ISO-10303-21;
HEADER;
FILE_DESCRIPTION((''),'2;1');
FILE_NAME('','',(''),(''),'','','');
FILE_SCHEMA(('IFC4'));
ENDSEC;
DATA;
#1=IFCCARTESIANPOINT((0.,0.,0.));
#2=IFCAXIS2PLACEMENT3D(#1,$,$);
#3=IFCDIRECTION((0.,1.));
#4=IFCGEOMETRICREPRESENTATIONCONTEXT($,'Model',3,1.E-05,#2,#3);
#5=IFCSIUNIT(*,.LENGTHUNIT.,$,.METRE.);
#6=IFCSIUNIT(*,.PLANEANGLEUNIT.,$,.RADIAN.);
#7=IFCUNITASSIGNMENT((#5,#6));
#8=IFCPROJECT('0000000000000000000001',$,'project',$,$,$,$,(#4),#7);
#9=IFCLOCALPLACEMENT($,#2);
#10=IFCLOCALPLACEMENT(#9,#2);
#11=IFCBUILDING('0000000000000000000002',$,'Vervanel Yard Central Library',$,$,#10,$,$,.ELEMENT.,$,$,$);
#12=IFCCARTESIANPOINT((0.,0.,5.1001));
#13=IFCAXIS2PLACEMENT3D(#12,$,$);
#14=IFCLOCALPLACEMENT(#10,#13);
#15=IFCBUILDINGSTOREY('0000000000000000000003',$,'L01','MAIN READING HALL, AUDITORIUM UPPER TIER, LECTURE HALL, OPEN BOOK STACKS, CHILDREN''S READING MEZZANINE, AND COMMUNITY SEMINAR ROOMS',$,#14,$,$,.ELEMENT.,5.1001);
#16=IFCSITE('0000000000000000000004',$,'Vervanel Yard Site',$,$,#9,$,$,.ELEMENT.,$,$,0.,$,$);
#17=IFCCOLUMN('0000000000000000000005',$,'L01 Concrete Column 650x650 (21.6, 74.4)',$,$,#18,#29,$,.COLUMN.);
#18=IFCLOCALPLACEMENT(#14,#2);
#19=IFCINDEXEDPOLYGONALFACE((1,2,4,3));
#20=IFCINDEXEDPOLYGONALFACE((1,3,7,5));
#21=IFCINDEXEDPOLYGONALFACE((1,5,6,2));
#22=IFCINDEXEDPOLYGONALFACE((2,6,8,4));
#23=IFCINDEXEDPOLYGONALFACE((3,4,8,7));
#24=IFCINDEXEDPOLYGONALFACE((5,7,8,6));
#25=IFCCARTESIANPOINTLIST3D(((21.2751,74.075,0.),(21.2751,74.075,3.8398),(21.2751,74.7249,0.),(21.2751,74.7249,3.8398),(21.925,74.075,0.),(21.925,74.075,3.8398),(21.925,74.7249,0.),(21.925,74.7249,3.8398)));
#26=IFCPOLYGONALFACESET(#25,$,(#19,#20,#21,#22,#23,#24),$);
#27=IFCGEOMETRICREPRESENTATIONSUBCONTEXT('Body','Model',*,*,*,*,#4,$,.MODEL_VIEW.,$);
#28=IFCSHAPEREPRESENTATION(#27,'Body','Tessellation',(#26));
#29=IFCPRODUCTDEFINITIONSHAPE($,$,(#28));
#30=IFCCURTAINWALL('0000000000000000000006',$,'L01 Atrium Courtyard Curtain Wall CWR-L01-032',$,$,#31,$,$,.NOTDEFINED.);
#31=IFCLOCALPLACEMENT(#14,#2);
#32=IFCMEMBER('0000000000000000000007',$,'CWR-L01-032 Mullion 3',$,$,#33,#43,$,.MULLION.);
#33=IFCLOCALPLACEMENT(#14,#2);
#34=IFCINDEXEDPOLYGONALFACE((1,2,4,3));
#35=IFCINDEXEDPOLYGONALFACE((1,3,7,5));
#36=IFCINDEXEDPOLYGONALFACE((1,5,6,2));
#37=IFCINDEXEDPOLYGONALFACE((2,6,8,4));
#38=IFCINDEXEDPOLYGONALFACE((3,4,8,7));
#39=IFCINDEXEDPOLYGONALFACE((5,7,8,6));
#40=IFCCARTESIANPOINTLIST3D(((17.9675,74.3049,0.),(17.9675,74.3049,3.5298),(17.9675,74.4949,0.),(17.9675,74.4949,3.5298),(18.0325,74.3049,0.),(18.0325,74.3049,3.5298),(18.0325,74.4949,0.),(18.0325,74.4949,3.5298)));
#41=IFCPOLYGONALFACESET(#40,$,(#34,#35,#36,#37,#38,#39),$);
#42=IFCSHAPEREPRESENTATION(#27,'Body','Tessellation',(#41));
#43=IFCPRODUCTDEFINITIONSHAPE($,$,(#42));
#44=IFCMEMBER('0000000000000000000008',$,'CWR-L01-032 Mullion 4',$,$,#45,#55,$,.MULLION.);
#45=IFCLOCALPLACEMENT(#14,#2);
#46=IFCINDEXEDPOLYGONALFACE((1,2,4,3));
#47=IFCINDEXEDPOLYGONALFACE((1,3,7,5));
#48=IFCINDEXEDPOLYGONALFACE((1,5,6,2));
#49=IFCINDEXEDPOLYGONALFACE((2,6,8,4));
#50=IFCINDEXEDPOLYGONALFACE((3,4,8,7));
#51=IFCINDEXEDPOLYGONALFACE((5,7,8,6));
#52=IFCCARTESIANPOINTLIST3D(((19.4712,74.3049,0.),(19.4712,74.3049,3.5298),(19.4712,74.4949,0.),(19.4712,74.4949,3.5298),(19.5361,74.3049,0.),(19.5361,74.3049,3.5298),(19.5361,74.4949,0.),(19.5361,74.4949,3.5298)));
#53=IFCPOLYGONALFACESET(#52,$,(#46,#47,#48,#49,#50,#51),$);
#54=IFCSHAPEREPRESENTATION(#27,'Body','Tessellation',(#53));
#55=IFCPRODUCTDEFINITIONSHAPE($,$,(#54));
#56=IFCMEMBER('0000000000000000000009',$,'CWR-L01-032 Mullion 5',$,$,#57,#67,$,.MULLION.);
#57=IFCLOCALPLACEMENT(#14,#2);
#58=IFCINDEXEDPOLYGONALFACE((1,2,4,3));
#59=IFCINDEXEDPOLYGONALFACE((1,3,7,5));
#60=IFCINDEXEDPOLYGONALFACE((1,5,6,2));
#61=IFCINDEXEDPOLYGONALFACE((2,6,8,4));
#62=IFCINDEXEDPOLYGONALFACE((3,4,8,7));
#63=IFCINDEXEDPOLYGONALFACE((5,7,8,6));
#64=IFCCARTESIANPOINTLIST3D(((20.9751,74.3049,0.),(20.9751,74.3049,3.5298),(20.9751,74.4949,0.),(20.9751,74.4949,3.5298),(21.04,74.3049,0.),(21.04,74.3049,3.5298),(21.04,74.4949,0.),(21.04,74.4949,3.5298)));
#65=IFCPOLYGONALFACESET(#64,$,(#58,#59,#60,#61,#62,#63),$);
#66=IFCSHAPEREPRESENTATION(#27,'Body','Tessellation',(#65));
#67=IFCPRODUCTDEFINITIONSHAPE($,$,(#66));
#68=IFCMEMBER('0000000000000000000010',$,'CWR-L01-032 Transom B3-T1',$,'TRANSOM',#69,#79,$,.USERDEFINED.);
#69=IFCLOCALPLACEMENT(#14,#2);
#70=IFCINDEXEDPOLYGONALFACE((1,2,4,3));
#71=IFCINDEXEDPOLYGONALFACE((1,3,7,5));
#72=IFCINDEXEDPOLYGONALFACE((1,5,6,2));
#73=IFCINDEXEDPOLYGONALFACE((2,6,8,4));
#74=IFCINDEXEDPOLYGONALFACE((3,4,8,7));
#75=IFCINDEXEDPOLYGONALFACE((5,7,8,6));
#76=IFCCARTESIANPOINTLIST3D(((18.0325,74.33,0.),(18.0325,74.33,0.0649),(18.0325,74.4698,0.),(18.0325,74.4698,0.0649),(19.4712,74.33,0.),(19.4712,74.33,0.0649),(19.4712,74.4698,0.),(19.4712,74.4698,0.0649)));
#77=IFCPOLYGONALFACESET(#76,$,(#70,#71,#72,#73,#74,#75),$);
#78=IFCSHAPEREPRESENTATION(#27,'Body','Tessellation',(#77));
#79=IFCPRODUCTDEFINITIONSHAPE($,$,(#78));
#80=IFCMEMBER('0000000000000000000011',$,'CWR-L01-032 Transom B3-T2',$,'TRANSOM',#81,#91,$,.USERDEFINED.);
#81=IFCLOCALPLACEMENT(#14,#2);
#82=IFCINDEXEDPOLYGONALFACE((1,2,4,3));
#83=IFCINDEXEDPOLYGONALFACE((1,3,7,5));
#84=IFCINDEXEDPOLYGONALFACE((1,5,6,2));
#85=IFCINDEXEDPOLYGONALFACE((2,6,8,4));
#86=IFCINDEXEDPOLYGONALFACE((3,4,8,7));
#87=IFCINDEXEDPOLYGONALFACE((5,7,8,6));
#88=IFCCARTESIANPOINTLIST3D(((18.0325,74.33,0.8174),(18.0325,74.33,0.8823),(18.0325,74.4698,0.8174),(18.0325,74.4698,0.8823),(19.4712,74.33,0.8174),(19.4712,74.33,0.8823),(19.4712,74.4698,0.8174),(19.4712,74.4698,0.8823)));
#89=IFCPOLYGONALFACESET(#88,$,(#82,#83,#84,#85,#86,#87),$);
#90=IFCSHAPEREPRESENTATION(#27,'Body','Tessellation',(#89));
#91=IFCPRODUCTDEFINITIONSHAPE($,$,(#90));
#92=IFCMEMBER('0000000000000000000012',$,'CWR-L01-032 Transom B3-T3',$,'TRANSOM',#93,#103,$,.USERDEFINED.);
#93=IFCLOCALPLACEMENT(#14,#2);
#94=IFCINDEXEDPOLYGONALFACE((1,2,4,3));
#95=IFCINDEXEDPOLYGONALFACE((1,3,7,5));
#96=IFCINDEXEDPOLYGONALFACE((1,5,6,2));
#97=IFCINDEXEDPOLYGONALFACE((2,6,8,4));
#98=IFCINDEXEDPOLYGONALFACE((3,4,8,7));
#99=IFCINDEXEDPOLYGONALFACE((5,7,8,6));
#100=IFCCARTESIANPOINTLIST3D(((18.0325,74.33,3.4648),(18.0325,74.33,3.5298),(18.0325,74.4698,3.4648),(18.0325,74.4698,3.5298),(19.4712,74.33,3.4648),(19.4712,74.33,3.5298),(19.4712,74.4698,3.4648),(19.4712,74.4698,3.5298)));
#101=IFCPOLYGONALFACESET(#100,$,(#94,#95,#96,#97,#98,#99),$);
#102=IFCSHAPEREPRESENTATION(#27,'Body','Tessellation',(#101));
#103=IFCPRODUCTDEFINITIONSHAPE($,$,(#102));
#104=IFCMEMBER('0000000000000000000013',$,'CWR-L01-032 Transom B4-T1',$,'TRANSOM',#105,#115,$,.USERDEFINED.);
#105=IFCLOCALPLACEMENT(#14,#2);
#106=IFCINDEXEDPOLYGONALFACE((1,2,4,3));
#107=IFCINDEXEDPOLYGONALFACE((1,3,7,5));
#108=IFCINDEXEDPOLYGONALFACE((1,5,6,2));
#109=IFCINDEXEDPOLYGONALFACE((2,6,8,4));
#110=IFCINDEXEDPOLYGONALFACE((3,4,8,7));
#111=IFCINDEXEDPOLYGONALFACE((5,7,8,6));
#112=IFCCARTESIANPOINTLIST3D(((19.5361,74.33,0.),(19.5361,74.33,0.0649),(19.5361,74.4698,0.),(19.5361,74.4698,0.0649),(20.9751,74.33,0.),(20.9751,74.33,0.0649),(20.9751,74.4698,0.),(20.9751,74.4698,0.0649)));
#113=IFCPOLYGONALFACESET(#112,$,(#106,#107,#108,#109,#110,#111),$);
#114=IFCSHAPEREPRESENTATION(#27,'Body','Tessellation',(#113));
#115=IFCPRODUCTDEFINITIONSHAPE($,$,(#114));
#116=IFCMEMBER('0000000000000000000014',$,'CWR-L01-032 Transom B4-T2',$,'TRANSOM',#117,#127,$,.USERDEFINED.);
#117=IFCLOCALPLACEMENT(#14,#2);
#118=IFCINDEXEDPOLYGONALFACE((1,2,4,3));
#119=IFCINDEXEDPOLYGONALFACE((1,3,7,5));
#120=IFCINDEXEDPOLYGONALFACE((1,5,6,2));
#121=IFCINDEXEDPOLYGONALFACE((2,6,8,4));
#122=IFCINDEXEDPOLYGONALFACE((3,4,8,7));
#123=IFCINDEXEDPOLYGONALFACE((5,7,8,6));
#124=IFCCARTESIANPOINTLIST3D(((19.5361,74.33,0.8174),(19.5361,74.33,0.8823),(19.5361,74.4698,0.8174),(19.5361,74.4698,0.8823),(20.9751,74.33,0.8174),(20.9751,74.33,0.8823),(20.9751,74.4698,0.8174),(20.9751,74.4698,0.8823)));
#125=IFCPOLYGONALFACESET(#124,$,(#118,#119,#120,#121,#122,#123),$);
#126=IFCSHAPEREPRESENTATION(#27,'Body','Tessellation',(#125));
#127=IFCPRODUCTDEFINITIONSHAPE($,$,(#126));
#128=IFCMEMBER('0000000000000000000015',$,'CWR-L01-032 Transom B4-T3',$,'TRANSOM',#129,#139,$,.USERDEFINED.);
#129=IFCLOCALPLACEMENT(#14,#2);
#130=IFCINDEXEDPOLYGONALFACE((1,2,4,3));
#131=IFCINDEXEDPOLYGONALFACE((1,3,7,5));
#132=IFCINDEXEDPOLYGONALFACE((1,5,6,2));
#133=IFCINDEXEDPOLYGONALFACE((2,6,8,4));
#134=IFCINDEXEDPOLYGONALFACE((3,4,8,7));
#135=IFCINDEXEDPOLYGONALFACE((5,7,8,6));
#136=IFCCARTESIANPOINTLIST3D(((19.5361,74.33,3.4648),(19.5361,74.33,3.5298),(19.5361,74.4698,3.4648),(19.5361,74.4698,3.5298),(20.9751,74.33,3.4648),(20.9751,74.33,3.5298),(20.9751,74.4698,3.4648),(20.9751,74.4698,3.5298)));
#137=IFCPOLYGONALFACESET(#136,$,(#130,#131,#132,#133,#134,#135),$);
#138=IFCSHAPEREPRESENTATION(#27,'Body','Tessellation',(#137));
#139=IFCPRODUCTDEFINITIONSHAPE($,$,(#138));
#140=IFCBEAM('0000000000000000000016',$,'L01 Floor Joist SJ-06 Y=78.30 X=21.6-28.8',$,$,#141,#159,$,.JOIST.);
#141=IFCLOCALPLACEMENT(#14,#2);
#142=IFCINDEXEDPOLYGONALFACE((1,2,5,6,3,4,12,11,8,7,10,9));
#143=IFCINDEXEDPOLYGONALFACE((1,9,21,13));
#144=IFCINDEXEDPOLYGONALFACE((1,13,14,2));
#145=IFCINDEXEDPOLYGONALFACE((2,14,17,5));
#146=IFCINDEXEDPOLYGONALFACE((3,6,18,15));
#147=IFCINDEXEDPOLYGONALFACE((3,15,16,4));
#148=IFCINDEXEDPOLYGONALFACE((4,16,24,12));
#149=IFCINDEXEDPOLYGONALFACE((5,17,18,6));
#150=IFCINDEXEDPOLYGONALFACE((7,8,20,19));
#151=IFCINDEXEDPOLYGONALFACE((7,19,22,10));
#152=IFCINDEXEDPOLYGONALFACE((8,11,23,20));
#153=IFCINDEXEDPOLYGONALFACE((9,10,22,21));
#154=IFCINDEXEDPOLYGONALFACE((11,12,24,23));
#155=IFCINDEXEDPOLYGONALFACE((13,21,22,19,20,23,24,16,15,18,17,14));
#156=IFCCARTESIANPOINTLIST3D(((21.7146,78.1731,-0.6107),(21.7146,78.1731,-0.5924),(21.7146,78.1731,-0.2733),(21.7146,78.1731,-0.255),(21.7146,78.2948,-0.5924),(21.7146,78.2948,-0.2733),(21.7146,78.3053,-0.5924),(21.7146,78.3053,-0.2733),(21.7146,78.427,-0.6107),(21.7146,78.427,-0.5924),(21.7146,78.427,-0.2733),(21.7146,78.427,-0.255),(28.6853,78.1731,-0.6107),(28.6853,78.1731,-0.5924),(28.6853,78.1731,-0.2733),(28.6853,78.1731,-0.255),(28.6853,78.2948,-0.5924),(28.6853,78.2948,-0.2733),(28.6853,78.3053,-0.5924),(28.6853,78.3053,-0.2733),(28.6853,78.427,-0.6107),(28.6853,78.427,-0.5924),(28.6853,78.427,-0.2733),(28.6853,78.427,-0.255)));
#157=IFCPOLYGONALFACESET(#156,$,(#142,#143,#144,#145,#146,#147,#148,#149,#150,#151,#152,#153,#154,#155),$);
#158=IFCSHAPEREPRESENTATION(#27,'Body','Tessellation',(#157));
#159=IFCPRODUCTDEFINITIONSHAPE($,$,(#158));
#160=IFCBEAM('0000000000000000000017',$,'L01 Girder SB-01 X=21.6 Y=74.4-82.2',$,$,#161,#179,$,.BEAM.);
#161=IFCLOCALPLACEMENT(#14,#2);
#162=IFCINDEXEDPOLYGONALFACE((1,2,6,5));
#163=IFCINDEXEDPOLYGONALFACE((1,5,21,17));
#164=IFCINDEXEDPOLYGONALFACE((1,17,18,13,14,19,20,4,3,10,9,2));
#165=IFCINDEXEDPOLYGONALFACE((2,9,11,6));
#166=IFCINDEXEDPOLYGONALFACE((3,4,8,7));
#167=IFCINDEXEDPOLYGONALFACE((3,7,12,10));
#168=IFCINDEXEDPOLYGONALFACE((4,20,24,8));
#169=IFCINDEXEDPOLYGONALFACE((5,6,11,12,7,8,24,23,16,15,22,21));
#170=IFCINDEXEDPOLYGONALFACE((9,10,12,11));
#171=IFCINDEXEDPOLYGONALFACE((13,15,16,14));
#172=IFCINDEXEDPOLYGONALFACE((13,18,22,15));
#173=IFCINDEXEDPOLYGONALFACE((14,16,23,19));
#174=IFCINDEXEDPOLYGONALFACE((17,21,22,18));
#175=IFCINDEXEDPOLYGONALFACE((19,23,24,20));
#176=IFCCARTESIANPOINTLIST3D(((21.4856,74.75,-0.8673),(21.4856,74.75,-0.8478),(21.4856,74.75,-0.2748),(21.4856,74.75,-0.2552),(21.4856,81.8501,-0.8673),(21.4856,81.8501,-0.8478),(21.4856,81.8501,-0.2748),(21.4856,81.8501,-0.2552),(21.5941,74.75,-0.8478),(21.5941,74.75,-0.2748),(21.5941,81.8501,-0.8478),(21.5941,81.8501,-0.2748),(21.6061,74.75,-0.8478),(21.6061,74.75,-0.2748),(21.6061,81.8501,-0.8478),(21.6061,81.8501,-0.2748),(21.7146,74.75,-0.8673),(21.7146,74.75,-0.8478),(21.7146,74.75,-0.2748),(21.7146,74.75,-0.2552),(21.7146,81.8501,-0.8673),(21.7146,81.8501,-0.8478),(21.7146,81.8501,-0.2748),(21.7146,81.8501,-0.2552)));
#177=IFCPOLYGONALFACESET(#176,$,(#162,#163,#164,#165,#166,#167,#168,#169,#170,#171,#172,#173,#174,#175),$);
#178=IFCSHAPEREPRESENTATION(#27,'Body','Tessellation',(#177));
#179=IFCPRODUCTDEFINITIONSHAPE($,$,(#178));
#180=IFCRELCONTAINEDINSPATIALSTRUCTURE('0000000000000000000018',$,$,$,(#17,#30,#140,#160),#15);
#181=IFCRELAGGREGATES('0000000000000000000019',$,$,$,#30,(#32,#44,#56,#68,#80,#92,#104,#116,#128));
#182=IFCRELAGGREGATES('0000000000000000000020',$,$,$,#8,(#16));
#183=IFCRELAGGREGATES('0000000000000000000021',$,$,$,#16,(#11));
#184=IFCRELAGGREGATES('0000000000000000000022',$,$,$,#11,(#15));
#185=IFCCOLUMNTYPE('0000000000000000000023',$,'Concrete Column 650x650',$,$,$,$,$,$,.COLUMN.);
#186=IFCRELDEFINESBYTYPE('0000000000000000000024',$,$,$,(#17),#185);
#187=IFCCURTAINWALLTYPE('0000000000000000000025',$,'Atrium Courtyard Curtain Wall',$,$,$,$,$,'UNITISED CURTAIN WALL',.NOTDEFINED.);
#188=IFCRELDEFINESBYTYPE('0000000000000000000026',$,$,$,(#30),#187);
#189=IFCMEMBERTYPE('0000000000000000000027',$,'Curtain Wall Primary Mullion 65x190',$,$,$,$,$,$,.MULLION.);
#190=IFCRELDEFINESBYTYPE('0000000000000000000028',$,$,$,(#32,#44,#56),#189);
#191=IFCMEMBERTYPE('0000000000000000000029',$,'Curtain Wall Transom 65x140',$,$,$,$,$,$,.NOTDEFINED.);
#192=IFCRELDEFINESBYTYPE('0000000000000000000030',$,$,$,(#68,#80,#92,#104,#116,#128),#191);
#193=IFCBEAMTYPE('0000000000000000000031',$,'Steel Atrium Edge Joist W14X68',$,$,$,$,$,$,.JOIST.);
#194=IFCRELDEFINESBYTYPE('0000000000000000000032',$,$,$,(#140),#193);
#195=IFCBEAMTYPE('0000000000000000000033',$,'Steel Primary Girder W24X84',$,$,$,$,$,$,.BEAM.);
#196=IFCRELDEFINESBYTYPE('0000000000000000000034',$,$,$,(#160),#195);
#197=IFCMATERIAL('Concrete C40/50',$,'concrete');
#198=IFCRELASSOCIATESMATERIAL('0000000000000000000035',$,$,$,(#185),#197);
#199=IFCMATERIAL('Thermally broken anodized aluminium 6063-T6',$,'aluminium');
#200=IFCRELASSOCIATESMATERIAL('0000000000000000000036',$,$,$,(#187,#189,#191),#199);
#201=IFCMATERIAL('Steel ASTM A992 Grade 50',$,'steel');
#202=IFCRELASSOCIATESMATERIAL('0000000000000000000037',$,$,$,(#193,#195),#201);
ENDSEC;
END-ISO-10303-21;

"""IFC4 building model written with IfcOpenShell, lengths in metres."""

from ifc_helpers import new_model, si_unit, direction, frame, origin, origin_2d, place, context, subcontext, project, spatial, rectangle, i_section, extrude, material, material_profile, profile_set, type_object, element, aggregate, save


model = new_model("IFC4")

# Units and contexts
model_context = context("Model", 3, precision=1e-05, world=origin(), true_north=direction((0.0, 1.0)))
body_context = subcontext(model_context, "Body", "Model", "MODEL_VIEW")
ifc_project = project(units=[si_unit("LENGTHUNIT", "METRE"), si_unit("PLANEANGLEUNIT", "RADIAN")], contexts=[model_context])

# Site, building, storey
site_placement = place(None, origin())
site = spatial("IfcSite", under=ifc_project, at=site_placement, Name="Vervanel Yard Site", CompositionType="ELEMENT", RefElevation=0.0)
building_placement = place(site_placement, origin())
building = spatial("IfcBuilding", under=site, at=building_placement, Name="Vervanel Yard Central Library", CompositionType="ELEMENT")
storey_placement = place(building_placement, frame((0.0, 0.0, 5.1001)))
storey = spatial("IfcBuildingStorey", under=building, at=storey_placement, Name="L01", Description="MAIN READING HALL, AUDITORIUM UPPER TIER, LECTURE HALL, OPEN BOOK STACKS, CHILDREN'S READING MEZZANINE, AND COMMUNITY SEMINAR ROOMS", CompositionType="ELEMENT", Elevation=5.1001)

# Column
ifc_material_1 = material(Name="Concrete C40/50", Category="concrete")
ifc_material_profile_1 = material_profile(ifc_material_1, rectangle(XDim=0.6499, YDim=0.6499, at=origin_2d()), Name="RC 650x650", Category="concrete")
ifc_profile_set_1 = profile_set([ifc_material_profile_1], Name="Concrete C40/50")
column_type = type_object("IfcColumnType", Name="Concrete Column 650x650", PredefinedType="COLUMN", material=ifc_profile_set_1)
column_placement = place(storey_placement, frame((21.6001, 74.3999, 0.0), z_axis=(0.0, 0.0, 1.0), x_axis=(1.0, 0.0, 0.0)))
element("IfcColumn", 1, at=column_placement, inside=storey, type_object=column_type, Name="L01 Concrete Column 650x650 (21.6, 74.4)", PredefinedType="COLUMN", context=body_context, shape_type="SweptSolid", body=[
    extrude(rectangle(XDim=0.6499, YDim=0.6499, at=origin_2d()), origin(), (0.0, 0.0, 1.0), 3.8398),
])

# Curtain wall, members
ifc_material_2 = material(Name="Thermally broken anodized aluminium 6063-T6", Category="aluminium")
curtain_wall_type = type_object("IfcCurtainWallType", Name="Atrium Courtyard Curtain Wall", ElementType="UNITISED CURTAIN WALL", PredefinedType="NOTDEFINED", material=ifc_material_2)
curtain_wall_placement = place(storey_placement, origin())
curtain_wall = element("IfcCurtainWall", 2, at=curtain_wall_placement, inside=storey, type_object=curtain_wall_type, Name="L01 Atrium Courtyard Curtain Wall CWR-L01-032", PredefinedType="NOTDEFINED")
ifc_material_profile_2 = material_profile(ifc_material_2, rectangle(XDim=0.0649, YDim=0.1899, at=origin_2d()), Name="ALU 65x190", Category="aluminium")
ifc_profile_set_2 = profile_set([ifc_material_profile_2], Name="Thermally broken anodized aluminium 6063-T6")
member_type_1 = type_object("IfcMemberType", Name="Curtain Wall Primary Mullion 65x190", PredefinedType="MULLION", material=ifc_profile_set_2)
member_1_placement = place(storey_placement, frame((18.0, 74.3999, 0.0), z_axis=(0.0, 0.0, 1.0), x_axis=(1.0, 0.0, 0.0)))
member_1 = element("IfcMember", 3, at=member_1_placement, type_object=member_type_1, Name="CWR-L01-032 Mullion 3", PredefinedType="MULLION", context=body_context, shape_type="SweptSolid", body=[
    extrude(rectangle(XDim=0.0649, YDim=0.1899, at=origin_2d()), origin(), (0.0, 0.0, 1.0), 3.5298),
])
member_2_placement = place(storey_placement, frame((19.5037, 74.3999, 0.0), z_axis=(0.0, 0.0, 1.0), x_axis=(1.0, 0.0, 0.0)))
member_2 = element("IfcMember", 4, at=member_2_placement, type_object=member_type_1, Name="CWR-L01-032 Mullion 4", PredefinedType="MULLION", context=body_context, shape_type="SweptSolid", body=[
    extrude(rectangle(XDim=0.0649, YDim=0.1899, at=origin_2d()), origin(), (0.0, 0.0, 1.0), 3.5298),
])
member_3_placement = place(storey_placement, frame((21.0076, 74.3999, 0.0), z_axis=(0.0, 0.0, 1.0), x_axis=(1.0, 0.0, 0.0)))
member_3 = element("IfcMember", 5, at=member_3_placement, type_object=member_type_1, Name="CWR-L01-032 Mullion 5", PredefinedType="MULLION", context=body_context, shape_type="SweptSolid", body=[
    extrude(rectangle(XDim=0.0649, YDim=0.1899, at=origin_2d()), origin(), (0.0, 0.0, 1.0), 3.5298),
])
ifc_material_profile_3 = material_profile(ifc_material_2, rectangle(XDim=0.0649, YDim=0.1399, at=origin_2d()), Name="ALU 65x140", Category="aluminium")
ifc_profile_set_3 = profile_set([ifc_material_profile_3], Name="Thermally broken anodized aluminium 6063-T6")
member_type_2 = type_object("IfcMemberType", Name="Curtain Wall Transom 65x140", PredefinedType="NOTDEFINED", material=ifc_profile_set_3)
member_4_placement = place(storey_placement, frame((18.0325, 74.3999, 0.0325), z_axis=(1.0, 0.0, 0.0), x_axis=(0.0, 0.0, 1.0)))
member_4 = element("IfcMember", 6, at=member_4_placement, type_object=member_type_2, Name="CWR-L01-032 Transom B3-T1", ObjectType="TRANSOM", PredefinedType="USERDEFINED", context=body_context, shape_type="SweptSolid", body=[
    extrude(rectangle(XDim=0.0649, YDim=0.1399, at=origin_2d()), origin(), (0.0, 0.0, 1.0), 1.4387),
])
member_5_placement = place(storey_placement, frame((18.0325, 74.3999, 0.8499), z_axis=(1.0, 0.0, 0.0), x_axis=(0.0, 0.0, 1.0)))
member_5 = element("IfcMember", 7, at=member_5_placement, type_object=member_type_2, Name="CWR-L01-032 Transom B3-T2", ObjectType="TRANSOM", PredefinedType="USERDEFINED", context=body_context, shape_type="SweptSolid", body=[
    extrude(rectangle(XDim=0.0649, YDim=0.1399, at=origin_2d()), origin(), (0.0, 0.0, 1.0), 1.4387),
])
member_6_placement = place(storey_placement, frame((18.0325, 74.3999, 3.4973), z_axis=(1.0, 0.0, 0.0), x_axis=(0.0, 0.0, 1.0)))
member_6 = element("IfcMember", 8, at=member_6_placement, type_object=member_type_2, Name="CWR-L01-032 Transom B3-T3", ObjectType="TRANSOM", PredefinedType="USERDEFINED", context=body_context, shape_type="SweptSolid", body=[
    extrude(rectangle(XDim=0.0649, YDim=0.1399, at=origin_2d()), origin(), (0.0, 0.0, 1.0), 1.4387),
])
member_7_placement = place(storey_placement, frame((19.5361, 74.3999, 0.0325), z_axis=(1.0, 0.0, 0.0), x_axis=(0.0, 0.0, 1.0)))
member_7 = element("IfcMember", 9, at=member_7_placement, type_object=member_type_2, Name="CWR-L01-032 Transom B4-T1", ObjectType="TRANSOM", PredefinedType="USERDEFINED", context=body_context, shape_type="SweptSolid", body=[
    extrude(rectangle(XDim=0.0649, YDim=0.1399, at=origin_2d()), origin(), (0.0, 0.0, 1.0), 1.439),
])
member_8_placement = place(storey_placement, frame((19.5361, 74.3999, 0.8499), z_axis=(1.0, 0.0, 0.0), x_axis=(0.0, 0.0, 1.0)))
member_8 = element("IfcMember", 10, at=member_8_placement, type_object=member_type_2, Name="CWR-L01-032 Transom B4-T2", ObjectType="TRANSOM", PredefinedType="USERDEFINED", context=body_context, shape_type="SweptSolid", body=[
    extrude(rectangle(XDim=0.0649, YDim=0.1399, at=origin_2d()), origin(), (0.0, 0.0, 1.0), 1.439),
])
member_9_placement = place(storey_placement, frame((19.5361, 74.3999, 3.4973), z_axis=(1.0, 0.0, 0.0), x_axis=(0.0, 0.0, 1.0)))
member_9 = element("IfcMember", 11, at=member_9_placement, type_object=member_type_2, Name="CWR-L01-032 Transom B4-T3", ObjectType="TRANSOM", PredefinedType="USERDEFINED", context=body_context, shape_type="SweptSolid", body=[
    extrude(rectangle(XDim=0.0649, YDim=0.1399, at=origin_2d()), origin(), (0.0, 0.0, 1.0), 1.439),
])

# Beams
ifc_material_3 = material(Name="Steel ASTM A992 Grade 50", Category="steel")
ifc_material_profile_4 = material_profile(ifc_material_3, i_section(OverallWidth=0.2539, OverallDepth=0.3557, WebThickness=0.0105, FlangeThickness=0.0183, at=origin_2d()), Name="W14X68", Category="steel")
ifc_profile_set_4 = profile_set([ifc_material_profile_4], Name="Steel ASTM A992 Grade 50")
beam_type_1 = type_object("IfcBeamType", Name="Steel Atrium Edge Joist W14X68", PredefinedType="JOIST", material=ifc_profile_set_4)
beam_1_placement = place(storey_placement, frame((21.7146, 78.3, -0.4329), z_axis=(1.0, 0.0, 0.0), x_axis=(0.0, 1.0, 0.0)))
element("IfcBeam", 12, at=beam_1_placement, inside=storey, type_object=beam_type_1, Name="L01 Floor Joist SJ-06 Y=78.30 X=21.6-28.8", PredefinedType="JOIST", context=body_context, shape_type="SweptSolid", body=[
    extrude(i_section(OverallWidth=0.2539, OverallDepth=0.3557, WebThickness=0.0105, FlangeThickness=0.0183, at=origin_2d()), origin(), (0.0, 0.0, 1.0), 6.9707),
])
ifc_material_profile_5 = material_profile(ifc_material_3, i_section(OverallWidth=0.229, OverallDepth=0.6121, WebThickness=0.012, FlangeThickness=0.0195, at=origin_2d()), Name="W24X84", Category="steel")
ifc_profile_set_5 = profile_set([ifc_material_profile_5], Name="Steel ASTM A992 Grade 50")
beam_type_2 = type_object("IfcBeamType", Name="Steel Primary Girder W24X84", PredefinedType="BEAM", material=ifc_profile_set_5)
beam_2_placement = place(storey_placement, frame((21.6001, 74.75, -0.5613), z_axis=(0.0, 1.0, 0.0), x_axis=(-1.0, 0.0, 0.0)))
element("IfcBeam", 13, at=beam_2_placement, inside=storey, type_object=beam_type_2, Name="L01 Girder SB-01 X=21.6 Y=74.4-82.2", PredefinedType="BEAM", context=body_context, shape_type="SweptSolid", body=[
    extrude(i_section(OverallWidth=0.229, OverallDepth=0.6121, WebThickness=0.012, FlangeThickness=0.0195, at=origin_2d()), origin(), (0.0, 0.0, 1.0), 7.1001),
])

aggregate(curtain_wall, [member_1, member_2, member_3, member_4, member_5, member_6, member_7, member_8, member_9])

save(model, "model.ifc")
